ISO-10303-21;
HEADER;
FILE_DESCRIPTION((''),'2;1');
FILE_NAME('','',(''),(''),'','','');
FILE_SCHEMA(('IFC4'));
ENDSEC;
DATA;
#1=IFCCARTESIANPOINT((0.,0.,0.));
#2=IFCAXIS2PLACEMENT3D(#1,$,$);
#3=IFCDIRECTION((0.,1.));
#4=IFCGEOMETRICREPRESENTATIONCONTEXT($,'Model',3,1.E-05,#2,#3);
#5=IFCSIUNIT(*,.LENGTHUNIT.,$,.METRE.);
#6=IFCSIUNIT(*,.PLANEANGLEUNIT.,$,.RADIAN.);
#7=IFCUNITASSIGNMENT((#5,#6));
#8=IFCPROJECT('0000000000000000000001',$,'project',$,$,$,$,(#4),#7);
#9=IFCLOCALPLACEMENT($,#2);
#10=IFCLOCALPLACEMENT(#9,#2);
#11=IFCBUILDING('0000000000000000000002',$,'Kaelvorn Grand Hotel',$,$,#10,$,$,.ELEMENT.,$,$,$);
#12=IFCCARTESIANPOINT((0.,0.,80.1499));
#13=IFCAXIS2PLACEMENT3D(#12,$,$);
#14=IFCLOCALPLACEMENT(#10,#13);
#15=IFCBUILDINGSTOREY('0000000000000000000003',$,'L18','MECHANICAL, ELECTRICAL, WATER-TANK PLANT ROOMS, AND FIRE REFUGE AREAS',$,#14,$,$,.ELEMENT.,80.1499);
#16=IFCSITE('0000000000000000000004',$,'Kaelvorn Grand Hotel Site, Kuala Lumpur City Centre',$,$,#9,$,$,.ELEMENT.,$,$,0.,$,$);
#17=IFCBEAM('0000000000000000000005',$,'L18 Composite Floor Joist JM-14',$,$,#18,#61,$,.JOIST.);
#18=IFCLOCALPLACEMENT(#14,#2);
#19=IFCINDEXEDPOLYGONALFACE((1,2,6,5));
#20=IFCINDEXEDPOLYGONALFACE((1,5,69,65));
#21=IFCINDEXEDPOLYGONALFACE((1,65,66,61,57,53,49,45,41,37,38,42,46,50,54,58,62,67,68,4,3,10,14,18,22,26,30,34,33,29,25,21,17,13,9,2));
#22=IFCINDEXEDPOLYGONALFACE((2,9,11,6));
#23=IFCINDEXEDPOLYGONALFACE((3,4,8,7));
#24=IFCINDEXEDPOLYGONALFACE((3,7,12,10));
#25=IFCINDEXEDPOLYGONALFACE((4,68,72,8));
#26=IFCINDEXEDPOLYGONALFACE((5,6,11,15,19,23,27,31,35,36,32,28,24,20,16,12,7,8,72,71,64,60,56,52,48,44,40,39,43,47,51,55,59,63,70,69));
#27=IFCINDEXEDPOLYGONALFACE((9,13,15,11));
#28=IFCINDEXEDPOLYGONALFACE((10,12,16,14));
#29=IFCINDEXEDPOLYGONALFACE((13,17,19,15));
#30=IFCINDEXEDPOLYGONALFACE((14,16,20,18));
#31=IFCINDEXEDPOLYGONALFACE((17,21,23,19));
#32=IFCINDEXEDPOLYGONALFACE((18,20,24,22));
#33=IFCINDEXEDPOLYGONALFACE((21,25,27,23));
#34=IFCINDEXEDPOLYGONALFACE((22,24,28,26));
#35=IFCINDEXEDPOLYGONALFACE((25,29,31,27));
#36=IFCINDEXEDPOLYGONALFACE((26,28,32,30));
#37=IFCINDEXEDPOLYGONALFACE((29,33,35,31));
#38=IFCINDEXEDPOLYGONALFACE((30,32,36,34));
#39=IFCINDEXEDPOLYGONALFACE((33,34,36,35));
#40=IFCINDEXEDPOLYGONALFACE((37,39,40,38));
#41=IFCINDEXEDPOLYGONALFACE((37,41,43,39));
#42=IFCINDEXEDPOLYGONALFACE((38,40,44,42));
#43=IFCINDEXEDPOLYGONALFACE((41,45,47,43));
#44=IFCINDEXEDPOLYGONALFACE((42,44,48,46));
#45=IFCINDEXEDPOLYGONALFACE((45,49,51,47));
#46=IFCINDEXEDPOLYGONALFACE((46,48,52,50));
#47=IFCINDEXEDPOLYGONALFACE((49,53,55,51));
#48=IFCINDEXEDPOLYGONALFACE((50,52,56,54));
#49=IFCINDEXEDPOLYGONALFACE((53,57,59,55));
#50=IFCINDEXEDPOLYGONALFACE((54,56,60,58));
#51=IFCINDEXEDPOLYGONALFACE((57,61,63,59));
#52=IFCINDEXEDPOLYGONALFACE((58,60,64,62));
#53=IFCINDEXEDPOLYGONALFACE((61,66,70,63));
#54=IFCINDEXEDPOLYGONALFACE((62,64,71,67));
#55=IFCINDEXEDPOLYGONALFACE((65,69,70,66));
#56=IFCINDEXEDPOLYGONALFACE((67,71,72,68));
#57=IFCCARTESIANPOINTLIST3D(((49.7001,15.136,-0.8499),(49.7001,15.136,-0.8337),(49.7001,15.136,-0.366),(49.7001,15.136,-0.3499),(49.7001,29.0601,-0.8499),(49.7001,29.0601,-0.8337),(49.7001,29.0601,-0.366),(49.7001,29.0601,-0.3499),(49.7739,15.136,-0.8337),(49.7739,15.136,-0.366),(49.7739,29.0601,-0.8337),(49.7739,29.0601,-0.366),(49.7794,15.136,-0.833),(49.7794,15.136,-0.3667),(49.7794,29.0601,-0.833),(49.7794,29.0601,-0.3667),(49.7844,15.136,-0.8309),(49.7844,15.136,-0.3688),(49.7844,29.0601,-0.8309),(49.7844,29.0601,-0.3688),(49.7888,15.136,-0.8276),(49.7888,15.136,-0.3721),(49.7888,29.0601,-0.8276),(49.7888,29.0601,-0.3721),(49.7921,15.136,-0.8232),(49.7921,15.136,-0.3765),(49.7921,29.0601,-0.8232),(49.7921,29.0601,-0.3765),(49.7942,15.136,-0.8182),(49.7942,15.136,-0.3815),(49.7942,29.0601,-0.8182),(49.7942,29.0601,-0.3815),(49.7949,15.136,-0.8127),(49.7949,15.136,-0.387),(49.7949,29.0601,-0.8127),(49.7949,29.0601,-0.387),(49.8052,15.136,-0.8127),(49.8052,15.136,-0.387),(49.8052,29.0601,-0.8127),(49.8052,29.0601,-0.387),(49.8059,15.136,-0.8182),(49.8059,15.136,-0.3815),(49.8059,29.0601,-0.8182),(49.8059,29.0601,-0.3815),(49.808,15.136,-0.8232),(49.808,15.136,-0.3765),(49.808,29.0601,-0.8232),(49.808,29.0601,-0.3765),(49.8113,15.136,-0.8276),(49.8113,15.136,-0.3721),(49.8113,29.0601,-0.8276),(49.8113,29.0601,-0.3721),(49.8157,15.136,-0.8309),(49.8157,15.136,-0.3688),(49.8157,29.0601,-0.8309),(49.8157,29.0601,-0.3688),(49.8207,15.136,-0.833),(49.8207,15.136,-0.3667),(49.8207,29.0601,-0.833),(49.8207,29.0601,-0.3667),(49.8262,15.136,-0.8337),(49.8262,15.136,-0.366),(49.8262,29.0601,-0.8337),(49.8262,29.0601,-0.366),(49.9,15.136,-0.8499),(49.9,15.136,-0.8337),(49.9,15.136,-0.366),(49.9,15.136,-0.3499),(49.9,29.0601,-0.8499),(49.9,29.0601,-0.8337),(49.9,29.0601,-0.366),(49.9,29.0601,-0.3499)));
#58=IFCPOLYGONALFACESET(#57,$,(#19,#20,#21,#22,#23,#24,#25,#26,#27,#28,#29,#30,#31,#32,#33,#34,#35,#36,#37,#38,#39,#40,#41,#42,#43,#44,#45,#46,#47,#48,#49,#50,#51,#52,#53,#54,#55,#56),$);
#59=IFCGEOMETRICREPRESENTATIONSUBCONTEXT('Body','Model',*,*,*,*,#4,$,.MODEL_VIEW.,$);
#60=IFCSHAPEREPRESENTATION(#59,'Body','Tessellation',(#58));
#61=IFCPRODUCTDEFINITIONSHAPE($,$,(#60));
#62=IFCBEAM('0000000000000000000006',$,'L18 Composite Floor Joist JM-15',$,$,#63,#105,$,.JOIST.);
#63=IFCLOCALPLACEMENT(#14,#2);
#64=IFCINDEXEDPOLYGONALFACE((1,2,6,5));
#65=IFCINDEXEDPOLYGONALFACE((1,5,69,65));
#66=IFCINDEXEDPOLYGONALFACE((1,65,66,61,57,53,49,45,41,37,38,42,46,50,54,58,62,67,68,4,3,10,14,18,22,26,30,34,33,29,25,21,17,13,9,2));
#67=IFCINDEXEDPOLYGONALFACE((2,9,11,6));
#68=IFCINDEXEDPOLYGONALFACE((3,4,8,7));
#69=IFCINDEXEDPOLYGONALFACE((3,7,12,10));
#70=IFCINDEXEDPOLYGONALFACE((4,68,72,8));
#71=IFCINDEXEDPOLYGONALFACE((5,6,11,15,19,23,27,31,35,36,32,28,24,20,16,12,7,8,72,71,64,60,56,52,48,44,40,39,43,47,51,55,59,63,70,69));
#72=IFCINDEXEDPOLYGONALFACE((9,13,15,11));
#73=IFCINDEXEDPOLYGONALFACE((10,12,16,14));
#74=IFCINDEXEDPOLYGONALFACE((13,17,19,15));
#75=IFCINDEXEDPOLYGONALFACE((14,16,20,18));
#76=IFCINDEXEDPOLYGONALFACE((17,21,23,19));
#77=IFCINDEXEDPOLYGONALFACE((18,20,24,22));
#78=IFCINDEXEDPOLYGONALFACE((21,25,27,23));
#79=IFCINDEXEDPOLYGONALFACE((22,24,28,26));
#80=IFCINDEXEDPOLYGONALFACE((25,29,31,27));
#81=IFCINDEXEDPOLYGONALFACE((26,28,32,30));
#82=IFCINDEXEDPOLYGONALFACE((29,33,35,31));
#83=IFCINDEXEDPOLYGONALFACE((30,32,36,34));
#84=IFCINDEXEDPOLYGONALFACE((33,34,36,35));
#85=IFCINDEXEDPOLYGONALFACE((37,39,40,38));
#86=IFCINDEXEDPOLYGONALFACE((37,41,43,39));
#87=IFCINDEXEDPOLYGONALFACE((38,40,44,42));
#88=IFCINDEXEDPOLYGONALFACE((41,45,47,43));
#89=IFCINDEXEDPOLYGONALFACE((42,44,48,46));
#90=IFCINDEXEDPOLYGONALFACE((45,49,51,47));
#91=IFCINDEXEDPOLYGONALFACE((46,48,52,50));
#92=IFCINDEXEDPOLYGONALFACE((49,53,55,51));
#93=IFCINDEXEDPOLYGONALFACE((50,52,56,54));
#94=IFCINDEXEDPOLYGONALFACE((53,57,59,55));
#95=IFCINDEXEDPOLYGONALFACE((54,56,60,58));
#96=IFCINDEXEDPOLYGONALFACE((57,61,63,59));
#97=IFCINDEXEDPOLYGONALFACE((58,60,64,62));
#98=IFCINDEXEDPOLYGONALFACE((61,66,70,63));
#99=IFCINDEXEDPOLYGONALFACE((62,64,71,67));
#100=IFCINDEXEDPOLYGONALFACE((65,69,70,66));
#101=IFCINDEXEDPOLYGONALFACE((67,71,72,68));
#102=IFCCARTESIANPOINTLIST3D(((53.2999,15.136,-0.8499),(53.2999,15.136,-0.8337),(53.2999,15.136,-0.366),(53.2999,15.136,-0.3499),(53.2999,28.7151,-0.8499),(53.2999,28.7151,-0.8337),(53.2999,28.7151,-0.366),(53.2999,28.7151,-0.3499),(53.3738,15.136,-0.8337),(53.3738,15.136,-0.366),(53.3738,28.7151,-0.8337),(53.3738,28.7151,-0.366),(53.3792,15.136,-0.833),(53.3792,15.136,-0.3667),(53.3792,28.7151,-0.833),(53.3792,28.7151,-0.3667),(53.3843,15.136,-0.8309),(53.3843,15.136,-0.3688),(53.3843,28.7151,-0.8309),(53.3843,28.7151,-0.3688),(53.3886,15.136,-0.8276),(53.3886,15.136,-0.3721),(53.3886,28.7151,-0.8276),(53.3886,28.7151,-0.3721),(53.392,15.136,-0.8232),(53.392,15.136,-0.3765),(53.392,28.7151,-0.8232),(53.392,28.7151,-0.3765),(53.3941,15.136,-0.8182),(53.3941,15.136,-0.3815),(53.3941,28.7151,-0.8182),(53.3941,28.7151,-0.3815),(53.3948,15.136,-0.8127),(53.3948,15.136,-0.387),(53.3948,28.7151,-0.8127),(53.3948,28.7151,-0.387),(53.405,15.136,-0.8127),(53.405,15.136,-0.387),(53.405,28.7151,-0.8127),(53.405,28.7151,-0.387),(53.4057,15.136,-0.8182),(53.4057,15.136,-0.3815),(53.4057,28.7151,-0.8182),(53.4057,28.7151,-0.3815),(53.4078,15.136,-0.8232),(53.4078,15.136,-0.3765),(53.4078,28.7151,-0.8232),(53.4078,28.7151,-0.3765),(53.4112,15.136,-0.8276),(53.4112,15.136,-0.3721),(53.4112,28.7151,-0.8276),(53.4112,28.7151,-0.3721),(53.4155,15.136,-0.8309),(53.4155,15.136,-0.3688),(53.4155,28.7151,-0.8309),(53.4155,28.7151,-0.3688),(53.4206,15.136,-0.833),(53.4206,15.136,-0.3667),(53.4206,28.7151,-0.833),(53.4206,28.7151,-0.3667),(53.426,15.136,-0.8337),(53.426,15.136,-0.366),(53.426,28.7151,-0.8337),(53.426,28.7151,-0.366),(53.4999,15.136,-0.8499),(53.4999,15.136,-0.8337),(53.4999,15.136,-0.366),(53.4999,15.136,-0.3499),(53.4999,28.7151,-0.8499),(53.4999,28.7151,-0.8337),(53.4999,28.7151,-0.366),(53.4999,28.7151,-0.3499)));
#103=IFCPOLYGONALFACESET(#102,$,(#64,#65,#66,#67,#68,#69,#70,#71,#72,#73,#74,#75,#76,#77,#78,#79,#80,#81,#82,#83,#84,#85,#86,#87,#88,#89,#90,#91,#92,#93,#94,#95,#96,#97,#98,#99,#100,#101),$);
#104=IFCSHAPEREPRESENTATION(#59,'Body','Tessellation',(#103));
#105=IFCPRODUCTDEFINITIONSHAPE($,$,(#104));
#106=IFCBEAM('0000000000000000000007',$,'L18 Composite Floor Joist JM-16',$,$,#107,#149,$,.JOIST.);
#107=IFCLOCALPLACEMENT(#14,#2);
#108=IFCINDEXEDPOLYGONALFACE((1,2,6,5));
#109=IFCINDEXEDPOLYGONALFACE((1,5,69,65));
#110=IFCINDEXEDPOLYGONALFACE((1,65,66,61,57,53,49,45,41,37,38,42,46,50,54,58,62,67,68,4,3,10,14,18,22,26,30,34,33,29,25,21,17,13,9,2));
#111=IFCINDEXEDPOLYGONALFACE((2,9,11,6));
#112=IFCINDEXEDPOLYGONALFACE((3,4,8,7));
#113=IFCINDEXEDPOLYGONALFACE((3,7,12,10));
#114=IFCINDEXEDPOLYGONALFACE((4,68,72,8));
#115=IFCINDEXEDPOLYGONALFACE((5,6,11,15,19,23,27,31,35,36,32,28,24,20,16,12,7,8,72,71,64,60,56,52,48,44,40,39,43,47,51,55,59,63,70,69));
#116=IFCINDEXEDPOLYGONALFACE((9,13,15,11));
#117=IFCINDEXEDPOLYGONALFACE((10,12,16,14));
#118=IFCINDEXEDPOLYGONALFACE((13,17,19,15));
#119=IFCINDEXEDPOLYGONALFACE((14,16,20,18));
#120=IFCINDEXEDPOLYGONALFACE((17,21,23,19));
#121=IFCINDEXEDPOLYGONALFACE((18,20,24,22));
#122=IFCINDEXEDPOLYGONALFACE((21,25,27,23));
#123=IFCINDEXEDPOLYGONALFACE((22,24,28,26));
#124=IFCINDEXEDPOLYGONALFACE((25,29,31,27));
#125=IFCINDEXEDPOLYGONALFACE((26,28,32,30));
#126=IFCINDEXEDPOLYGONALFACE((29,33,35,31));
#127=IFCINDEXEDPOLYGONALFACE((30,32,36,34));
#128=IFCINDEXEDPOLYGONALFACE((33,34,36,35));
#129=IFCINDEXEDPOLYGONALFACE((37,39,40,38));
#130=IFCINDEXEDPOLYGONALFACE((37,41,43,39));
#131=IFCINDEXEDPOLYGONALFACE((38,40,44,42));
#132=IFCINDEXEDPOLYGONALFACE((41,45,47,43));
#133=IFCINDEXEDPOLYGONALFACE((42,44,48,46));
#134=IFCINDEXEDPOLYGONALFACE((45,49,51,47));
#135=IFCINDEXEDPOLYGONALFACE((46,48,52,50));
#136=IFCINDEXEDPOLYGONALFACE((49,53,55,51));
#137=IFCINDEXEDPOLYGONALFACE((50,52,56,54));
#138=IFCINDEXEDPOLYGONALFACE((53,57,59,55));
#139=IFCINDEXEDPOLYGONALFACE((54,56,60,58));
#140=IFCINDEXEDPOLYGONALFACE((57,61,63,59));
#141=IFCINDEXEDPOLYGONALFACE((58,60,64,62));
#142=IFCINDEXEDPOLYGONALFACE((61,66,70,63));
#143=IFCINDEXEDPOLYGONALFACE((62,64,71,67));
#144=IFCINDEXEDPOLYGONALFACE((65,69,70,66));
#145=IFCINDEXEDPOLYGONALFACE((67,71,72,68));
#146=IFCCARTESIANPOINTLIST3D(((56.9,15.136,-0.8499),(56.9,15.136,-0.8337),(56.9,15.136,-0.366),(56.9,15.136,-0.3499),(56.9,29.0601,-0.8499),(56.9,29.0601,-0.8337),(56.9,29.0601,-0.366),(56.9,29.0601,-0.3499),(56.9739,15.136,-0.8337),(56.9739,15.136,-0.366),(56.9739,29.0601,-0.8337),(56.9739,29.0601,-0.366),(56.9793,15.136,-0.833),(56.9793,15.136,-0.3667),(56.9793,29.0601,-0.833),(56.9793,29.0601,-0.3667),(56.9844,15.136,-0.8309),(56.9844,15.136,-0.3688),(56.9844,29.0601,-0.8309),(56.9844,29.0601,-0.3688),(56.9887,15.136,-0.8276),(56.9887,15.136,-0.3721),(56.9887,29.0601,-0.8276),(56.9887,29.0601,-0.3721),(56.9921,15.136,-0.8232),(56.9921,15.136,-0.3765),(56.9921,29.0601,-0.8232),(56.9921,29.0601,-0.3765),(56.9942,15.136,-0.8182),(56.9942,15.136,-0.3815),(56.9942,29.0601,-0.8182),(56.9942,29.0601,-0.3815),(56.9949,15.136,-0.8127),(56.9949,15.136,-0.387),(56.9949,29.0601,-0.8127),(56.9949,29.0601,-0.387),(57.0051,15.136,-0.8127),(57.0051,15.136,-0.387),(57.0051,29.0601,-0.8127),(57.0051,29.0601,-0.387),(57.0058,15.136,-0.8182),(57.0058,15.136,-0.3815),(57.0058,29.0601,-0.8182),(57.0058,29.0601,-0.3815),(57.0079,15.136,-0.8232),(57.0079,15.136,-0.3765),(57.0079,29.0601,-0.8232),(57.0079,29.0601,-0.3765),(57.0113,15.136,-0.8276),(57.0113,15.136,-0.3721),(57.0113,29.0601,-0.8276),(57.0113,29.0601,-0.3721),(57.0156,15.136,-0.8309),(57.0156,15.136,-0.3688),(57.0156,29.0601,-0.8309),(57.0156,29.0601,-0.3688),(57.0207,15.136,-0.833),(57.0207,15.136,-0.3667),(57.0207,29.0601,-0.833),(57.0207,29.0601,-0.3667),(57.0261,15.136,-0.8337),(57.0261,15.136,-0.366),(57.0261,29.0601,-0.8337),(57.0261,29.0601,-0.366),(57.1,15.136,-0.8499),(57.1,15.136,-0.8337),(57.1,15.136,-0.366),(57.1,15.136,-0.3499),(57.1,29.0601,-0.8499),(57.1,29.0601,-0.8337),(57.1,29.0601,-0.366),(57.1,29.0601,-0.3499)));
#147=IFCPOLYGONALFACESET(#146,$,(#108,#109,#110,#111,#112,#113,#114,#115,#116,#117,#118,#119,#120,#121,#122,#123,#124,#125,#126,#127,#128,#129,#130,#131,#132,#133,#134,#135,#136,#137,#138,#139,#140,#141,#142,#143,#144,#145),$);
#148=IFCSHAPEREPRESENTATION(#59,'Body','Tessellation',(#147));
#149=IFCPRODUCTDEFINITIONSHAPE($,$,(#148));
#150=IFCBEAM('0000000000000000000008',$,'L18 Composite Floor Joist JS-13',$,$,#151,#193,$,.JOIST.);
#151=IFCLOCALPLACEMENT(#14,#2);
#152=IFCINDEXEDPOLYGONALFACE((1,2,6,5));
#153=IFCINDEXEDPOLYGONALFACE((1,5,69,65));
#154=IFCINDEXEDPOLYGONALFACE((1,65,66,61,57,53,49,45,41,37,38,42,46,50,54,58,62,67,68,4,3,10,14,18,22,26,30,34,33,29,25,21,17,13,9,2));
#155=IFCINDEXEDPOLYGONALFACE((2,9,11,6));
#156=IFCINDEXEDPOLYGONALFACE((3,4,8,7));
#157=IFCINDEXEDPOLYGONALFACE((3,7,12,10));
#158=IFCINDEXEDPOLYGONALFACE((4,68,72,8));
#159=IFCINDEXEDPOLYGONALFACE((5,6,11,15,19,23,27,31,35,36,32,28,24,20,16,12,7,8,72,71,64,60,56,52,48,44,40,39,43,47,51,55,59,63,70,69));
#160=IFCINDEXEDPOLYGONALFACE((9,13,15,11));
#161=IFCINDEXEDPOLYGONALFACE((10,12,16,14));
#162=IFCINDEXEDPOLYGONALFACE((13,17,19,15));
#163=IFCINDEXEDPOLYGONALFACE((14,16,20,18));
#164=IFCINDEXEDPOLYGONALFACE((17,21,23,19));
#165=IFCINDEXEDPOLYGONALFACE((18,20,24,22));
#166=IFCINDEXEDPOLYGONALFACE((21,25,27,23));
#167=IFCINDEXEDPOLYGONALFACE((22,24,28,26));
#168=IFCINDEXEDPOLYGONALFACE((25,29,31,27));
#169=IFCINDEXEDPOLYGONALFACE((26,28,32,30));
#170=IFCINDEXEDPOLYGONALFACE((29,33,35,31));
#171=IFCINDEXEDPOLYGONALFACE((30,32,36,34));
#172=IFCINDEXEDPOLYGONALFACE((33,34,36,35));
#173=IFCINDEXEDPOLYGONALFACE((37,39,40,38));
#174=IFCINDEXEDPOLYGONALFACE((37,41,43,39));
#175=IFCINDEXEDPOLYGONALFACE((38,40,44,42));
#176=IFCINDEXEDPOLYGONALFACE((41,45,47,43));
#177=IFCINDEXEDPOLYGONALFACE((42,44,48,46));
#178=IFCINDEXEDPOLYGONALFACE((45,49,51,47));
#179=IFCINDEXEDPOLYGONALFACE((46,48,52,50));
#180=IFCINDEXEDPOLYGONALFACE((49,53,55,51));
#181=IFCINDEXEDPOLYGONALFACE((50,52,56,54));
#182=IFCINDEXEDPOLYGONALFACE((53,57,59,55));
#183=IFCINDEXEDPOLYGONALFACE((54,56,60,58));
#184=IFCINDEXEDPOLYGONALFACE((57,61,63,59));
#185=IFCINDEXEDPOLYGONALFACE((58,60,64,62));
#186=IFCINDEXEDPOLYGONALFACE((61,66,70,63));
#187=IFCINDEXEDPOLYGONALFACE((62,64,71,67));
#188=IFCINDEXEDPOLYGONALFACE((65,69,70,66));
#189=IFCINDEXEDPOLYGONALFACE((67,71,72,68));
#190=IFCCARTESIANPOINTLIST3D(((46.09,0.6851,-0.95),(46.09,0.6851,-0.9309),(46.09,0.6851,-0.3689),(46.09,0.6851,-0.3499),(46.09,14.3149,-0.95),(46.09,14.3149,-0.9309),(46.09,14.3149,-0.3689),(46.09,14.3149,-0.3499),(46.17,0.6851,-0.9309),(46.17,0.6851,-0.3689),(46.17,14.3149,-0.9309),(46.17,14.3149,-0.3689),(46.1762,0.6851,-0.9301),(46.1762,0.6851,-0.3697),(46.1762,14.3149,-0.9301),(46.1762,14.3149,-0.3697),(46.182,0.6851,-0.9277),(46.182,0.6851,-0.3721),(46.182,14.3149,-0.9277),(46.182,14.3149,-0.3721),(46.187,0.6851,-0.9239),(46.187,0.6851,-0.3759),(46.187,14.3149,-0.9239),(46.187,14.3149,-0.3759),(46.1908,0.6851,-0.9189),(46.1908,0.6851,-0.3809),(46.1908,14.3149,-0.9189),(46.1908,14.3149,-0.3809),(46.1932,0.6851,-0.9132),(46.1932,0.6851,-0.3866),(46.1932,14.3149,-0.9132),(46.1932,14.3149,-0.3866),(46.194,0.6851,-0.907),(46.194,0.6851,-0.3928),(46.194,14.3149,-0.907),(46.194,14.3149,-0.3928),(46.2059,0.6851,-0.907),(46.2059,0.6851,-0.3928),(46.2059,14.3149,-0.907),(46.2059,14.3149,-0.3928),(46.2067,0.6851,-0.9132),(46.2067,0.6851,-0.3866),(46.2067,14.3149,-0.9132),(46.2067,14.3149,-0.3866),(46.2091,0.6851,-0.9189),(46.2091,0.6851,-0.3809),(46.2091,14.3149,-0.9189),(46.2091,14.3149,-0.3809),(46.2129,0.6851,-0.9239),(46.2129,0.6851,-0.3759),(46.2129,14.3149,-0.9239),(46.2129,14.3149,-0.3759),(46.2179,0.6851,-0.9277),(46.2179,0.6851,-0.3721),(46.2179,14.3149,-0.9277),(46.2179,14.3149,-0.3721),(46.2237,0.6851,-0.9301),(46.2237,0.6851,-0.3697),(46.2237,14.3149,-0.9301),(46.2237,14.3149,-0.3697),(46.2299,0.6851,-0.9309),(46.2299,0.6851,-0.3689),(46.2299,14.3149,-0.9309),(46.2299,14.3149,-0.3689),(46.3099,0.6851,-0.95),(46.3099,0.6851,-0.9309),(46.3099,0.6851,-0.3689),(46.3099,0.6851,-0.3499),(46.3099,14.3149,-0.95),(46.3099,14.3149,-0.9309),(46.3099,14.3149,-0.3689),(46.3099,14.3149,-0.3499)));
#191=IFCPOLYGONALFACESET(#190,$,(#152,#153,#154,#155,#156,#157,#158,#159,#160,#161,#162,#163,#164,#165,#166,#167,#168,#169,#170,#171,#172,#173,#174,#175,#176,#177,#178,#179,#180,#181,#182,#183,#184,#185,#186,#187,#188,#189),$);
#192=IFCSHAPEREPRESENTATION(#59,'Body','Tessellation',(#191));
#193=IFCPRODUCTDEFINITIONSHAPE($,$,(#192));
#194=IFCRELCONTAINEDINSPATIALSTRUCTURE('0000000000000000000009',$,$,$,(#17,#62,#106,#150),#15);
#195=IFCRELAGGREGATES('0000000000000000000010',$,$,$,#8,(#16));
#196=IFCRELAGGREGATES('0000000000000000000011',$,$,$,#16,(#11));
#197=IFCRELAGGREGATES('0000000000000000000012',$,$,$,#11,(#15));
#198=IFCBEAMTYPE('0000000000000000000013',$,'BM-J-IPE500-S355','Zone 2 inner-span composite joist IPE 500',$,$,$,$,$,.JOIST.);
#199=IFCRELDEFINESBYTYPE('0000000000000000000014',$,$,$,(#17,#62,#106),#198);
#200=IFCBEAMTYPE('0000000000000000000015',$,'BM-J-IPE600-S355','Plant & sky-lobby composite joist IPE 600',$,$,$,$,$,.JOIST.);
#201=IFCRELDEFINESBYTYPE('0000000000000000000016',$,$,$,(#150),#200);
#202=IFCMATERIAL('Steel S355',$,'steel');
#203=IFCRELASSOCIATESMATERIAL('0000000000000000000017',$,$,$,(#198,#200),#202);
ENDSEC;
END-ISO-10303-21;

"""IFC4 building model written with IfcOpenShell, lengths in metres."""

from ifc_helpers import new_model, si_unit, direction, frame, origin, origin_2d, place, context, subcontext, project, spatial, i_section, extrude, material, material_profile, profile_set, type_object, element, save


model = new_model("IFC4")

# Units and contexts
model_context = context("Model", 3, precision=1e-05, world=origin(), true_north=direction((0.0, 1.0)))
body_context = subcontext(model_context, "Body", "Model", "MODEL_VIEW")
ifc_project = project(units=[si_unit("LENGTHUNIT", "METRE"), si_unit("PLANEANGLEUNIT", "RADIAN")], contexts=[model_context])

# Site, building, storey
site_placement = place(None, origin())
site = spatial("IfcSite", under=ifc_project, at=site_placement, Name="Kaelvorn Grand Hotel Site, Kuala Lumpur City Centre", CompositionType="ELEMENT", RefElevation=0.0)
building_placement = place(site_placement, origin())
building = spatial("IfcBuilding", under=site, at=building_placement, Name="Kaelvorn Grand Hotel", CompositionType="ELEMENT")
storey_placement = place(building_placement, frame((0.0, 0.0, 80.1499)))
storey = spatial("IfcBuildingStorey", under=building, at=storey_placement, Name="L18", Description="MECHANICAL, ELECTRICAL, WATER-TANK PLANT ROOMS, AND FIRE REFUGE AREAS", CompositionType="ELEMENT", Elevation=80.1499)

# Beams
ifc_material_1 = material(Name="Steel S355", Category="steel")
ifc_material_profile_1 = material_profile(ifc_material_1, i_section(OverallWidth=0.2, OverallDepth=0.5, WebThickness=0.0103, FlangeThickness=0.0161, FilletRadius=0.021, at=origin_2d()), Name="IPE 500")
ifc_profile_set_1 = profile_set([ifc_material_profile_1], Name="Steel S355")
beam_type_1 = type_object("IfcBeamType", Name="BM-J-IPE500-S355", Description="Zone 2 inner-span composite joist IPE 500", PredefinedType="JOIST", material=ifc_profile_set_1)
beam_1_placement = place(storey_placement, frame((49.8, 15.136, -0.5999), z_axis=(0.0, 1.0, 0.0), x_axis=(-1.0, 0.0, 0.0)))
element("IfcBeam", 1, at=beam_1_placement, inside=storey, type_object=beam_type_1, Name="L18 Composite Floor Joist JM-14", PredefinedType="JOIST", context=body_context, shape_type="SweptSolid", body=[
    extrude(i_section(OverallWidth=0.2, OverallDepth=0.5, WebThickness=0.0103, FlangeThickness=0.0161, FilletRadius=0.021, at=origin_2d()), origin(), (0.0, 0.0, 1.0), 13.9241),
])
beam_2_placement = place(storey_placement, frame((53.3999, 15.136, -0.5999), z_axis=(0.0, 1.0, 0.0), x_axis=(-1.0, 0.0, 0.0)))
element("IfcBeam", 2, at=beam_2_placement, inside=storey, type_object=beam_type_1, Name="L18 Composite Floor Joist JM-15", PredefinedType="JOIST", context=body_context, shape_type="SweptSolid", body=[
    extrude(i_section(OverallWidth=0.2, OverallDepth=0.5, WebThickness=0.0103, FlangeThickness=0.0161, FilletRadius=0.021, at=origin_2d()), origin(), (0.0, 0.0, 1.0), 13.5791),
])
beam_3_placement = place(storey_placement, frame((57.0, 15.136, -0.5999), z_axis=(0.0, 1.0, 0.0), x_axis=(-1.0, 0.0, 0.0)))
element("IfcBeam", 3, at=beam_3_placement, inside=storey, type_object=beam_type_1, Name="L18 Composite Floor Joist JM-16", PredefinedType="JOIST", context=body_context, shape_type="SweptSolid", body=[
    extrude(i_section(OverallWidth=0.2, OverallDepth=0.5, WebThickness=0.0103, FlangeThickness=0.0161, FilletRadius=0.021, at=origin_2d()), origin(), (0.0, 0.0, 1.0), 13.9241),
])
ifc_material_profile_2 = material_profile(ifc_material_1, i_section(OverallWidth=0.22, OverallDepth=0.6001, WebThickness=0.012, FlangeThickness=0.019, FilletRadius=0.0239, at=origin_2d()), Name="IPE 600")
ifc_profile_set_2 = profile_set([ifc_material_profile_2], Name="Steel S355")
beam_type_2 = type_object("IfcBeamType", Name="BM-J-IPE600-S355", Description="Plant & sky-lobby composite joist IPE 600", PredefinedType="JOIST", material=ifc_profile_set_2)
beam_4_placement = place(storey_placement, frame((46.2, 0.6851, -0.6499), z_axis=(0.0, 1.0, 0.0), x_axis=(-1.0, 0.0, 0.0)))
element("IfcBeam", 4, at=beam_4_placement, inside=storey, type_object=beam_type_2, Name="L18 Composite Floor Joist JS-13", PredefinedType="JOIST", context=body_context, shape_type="SweptSolid", body=[
    extrude(i_section(OverallWidth=0.22, OverallDepth=0.6001, WebThickness=0.012, FlangeThickness=0.019, FilletRadius=0.0239, at=origin_2d()), origin(), (0.0, 0.0, 1.0), 13.6299),
])

save(model, "model.ifc")
